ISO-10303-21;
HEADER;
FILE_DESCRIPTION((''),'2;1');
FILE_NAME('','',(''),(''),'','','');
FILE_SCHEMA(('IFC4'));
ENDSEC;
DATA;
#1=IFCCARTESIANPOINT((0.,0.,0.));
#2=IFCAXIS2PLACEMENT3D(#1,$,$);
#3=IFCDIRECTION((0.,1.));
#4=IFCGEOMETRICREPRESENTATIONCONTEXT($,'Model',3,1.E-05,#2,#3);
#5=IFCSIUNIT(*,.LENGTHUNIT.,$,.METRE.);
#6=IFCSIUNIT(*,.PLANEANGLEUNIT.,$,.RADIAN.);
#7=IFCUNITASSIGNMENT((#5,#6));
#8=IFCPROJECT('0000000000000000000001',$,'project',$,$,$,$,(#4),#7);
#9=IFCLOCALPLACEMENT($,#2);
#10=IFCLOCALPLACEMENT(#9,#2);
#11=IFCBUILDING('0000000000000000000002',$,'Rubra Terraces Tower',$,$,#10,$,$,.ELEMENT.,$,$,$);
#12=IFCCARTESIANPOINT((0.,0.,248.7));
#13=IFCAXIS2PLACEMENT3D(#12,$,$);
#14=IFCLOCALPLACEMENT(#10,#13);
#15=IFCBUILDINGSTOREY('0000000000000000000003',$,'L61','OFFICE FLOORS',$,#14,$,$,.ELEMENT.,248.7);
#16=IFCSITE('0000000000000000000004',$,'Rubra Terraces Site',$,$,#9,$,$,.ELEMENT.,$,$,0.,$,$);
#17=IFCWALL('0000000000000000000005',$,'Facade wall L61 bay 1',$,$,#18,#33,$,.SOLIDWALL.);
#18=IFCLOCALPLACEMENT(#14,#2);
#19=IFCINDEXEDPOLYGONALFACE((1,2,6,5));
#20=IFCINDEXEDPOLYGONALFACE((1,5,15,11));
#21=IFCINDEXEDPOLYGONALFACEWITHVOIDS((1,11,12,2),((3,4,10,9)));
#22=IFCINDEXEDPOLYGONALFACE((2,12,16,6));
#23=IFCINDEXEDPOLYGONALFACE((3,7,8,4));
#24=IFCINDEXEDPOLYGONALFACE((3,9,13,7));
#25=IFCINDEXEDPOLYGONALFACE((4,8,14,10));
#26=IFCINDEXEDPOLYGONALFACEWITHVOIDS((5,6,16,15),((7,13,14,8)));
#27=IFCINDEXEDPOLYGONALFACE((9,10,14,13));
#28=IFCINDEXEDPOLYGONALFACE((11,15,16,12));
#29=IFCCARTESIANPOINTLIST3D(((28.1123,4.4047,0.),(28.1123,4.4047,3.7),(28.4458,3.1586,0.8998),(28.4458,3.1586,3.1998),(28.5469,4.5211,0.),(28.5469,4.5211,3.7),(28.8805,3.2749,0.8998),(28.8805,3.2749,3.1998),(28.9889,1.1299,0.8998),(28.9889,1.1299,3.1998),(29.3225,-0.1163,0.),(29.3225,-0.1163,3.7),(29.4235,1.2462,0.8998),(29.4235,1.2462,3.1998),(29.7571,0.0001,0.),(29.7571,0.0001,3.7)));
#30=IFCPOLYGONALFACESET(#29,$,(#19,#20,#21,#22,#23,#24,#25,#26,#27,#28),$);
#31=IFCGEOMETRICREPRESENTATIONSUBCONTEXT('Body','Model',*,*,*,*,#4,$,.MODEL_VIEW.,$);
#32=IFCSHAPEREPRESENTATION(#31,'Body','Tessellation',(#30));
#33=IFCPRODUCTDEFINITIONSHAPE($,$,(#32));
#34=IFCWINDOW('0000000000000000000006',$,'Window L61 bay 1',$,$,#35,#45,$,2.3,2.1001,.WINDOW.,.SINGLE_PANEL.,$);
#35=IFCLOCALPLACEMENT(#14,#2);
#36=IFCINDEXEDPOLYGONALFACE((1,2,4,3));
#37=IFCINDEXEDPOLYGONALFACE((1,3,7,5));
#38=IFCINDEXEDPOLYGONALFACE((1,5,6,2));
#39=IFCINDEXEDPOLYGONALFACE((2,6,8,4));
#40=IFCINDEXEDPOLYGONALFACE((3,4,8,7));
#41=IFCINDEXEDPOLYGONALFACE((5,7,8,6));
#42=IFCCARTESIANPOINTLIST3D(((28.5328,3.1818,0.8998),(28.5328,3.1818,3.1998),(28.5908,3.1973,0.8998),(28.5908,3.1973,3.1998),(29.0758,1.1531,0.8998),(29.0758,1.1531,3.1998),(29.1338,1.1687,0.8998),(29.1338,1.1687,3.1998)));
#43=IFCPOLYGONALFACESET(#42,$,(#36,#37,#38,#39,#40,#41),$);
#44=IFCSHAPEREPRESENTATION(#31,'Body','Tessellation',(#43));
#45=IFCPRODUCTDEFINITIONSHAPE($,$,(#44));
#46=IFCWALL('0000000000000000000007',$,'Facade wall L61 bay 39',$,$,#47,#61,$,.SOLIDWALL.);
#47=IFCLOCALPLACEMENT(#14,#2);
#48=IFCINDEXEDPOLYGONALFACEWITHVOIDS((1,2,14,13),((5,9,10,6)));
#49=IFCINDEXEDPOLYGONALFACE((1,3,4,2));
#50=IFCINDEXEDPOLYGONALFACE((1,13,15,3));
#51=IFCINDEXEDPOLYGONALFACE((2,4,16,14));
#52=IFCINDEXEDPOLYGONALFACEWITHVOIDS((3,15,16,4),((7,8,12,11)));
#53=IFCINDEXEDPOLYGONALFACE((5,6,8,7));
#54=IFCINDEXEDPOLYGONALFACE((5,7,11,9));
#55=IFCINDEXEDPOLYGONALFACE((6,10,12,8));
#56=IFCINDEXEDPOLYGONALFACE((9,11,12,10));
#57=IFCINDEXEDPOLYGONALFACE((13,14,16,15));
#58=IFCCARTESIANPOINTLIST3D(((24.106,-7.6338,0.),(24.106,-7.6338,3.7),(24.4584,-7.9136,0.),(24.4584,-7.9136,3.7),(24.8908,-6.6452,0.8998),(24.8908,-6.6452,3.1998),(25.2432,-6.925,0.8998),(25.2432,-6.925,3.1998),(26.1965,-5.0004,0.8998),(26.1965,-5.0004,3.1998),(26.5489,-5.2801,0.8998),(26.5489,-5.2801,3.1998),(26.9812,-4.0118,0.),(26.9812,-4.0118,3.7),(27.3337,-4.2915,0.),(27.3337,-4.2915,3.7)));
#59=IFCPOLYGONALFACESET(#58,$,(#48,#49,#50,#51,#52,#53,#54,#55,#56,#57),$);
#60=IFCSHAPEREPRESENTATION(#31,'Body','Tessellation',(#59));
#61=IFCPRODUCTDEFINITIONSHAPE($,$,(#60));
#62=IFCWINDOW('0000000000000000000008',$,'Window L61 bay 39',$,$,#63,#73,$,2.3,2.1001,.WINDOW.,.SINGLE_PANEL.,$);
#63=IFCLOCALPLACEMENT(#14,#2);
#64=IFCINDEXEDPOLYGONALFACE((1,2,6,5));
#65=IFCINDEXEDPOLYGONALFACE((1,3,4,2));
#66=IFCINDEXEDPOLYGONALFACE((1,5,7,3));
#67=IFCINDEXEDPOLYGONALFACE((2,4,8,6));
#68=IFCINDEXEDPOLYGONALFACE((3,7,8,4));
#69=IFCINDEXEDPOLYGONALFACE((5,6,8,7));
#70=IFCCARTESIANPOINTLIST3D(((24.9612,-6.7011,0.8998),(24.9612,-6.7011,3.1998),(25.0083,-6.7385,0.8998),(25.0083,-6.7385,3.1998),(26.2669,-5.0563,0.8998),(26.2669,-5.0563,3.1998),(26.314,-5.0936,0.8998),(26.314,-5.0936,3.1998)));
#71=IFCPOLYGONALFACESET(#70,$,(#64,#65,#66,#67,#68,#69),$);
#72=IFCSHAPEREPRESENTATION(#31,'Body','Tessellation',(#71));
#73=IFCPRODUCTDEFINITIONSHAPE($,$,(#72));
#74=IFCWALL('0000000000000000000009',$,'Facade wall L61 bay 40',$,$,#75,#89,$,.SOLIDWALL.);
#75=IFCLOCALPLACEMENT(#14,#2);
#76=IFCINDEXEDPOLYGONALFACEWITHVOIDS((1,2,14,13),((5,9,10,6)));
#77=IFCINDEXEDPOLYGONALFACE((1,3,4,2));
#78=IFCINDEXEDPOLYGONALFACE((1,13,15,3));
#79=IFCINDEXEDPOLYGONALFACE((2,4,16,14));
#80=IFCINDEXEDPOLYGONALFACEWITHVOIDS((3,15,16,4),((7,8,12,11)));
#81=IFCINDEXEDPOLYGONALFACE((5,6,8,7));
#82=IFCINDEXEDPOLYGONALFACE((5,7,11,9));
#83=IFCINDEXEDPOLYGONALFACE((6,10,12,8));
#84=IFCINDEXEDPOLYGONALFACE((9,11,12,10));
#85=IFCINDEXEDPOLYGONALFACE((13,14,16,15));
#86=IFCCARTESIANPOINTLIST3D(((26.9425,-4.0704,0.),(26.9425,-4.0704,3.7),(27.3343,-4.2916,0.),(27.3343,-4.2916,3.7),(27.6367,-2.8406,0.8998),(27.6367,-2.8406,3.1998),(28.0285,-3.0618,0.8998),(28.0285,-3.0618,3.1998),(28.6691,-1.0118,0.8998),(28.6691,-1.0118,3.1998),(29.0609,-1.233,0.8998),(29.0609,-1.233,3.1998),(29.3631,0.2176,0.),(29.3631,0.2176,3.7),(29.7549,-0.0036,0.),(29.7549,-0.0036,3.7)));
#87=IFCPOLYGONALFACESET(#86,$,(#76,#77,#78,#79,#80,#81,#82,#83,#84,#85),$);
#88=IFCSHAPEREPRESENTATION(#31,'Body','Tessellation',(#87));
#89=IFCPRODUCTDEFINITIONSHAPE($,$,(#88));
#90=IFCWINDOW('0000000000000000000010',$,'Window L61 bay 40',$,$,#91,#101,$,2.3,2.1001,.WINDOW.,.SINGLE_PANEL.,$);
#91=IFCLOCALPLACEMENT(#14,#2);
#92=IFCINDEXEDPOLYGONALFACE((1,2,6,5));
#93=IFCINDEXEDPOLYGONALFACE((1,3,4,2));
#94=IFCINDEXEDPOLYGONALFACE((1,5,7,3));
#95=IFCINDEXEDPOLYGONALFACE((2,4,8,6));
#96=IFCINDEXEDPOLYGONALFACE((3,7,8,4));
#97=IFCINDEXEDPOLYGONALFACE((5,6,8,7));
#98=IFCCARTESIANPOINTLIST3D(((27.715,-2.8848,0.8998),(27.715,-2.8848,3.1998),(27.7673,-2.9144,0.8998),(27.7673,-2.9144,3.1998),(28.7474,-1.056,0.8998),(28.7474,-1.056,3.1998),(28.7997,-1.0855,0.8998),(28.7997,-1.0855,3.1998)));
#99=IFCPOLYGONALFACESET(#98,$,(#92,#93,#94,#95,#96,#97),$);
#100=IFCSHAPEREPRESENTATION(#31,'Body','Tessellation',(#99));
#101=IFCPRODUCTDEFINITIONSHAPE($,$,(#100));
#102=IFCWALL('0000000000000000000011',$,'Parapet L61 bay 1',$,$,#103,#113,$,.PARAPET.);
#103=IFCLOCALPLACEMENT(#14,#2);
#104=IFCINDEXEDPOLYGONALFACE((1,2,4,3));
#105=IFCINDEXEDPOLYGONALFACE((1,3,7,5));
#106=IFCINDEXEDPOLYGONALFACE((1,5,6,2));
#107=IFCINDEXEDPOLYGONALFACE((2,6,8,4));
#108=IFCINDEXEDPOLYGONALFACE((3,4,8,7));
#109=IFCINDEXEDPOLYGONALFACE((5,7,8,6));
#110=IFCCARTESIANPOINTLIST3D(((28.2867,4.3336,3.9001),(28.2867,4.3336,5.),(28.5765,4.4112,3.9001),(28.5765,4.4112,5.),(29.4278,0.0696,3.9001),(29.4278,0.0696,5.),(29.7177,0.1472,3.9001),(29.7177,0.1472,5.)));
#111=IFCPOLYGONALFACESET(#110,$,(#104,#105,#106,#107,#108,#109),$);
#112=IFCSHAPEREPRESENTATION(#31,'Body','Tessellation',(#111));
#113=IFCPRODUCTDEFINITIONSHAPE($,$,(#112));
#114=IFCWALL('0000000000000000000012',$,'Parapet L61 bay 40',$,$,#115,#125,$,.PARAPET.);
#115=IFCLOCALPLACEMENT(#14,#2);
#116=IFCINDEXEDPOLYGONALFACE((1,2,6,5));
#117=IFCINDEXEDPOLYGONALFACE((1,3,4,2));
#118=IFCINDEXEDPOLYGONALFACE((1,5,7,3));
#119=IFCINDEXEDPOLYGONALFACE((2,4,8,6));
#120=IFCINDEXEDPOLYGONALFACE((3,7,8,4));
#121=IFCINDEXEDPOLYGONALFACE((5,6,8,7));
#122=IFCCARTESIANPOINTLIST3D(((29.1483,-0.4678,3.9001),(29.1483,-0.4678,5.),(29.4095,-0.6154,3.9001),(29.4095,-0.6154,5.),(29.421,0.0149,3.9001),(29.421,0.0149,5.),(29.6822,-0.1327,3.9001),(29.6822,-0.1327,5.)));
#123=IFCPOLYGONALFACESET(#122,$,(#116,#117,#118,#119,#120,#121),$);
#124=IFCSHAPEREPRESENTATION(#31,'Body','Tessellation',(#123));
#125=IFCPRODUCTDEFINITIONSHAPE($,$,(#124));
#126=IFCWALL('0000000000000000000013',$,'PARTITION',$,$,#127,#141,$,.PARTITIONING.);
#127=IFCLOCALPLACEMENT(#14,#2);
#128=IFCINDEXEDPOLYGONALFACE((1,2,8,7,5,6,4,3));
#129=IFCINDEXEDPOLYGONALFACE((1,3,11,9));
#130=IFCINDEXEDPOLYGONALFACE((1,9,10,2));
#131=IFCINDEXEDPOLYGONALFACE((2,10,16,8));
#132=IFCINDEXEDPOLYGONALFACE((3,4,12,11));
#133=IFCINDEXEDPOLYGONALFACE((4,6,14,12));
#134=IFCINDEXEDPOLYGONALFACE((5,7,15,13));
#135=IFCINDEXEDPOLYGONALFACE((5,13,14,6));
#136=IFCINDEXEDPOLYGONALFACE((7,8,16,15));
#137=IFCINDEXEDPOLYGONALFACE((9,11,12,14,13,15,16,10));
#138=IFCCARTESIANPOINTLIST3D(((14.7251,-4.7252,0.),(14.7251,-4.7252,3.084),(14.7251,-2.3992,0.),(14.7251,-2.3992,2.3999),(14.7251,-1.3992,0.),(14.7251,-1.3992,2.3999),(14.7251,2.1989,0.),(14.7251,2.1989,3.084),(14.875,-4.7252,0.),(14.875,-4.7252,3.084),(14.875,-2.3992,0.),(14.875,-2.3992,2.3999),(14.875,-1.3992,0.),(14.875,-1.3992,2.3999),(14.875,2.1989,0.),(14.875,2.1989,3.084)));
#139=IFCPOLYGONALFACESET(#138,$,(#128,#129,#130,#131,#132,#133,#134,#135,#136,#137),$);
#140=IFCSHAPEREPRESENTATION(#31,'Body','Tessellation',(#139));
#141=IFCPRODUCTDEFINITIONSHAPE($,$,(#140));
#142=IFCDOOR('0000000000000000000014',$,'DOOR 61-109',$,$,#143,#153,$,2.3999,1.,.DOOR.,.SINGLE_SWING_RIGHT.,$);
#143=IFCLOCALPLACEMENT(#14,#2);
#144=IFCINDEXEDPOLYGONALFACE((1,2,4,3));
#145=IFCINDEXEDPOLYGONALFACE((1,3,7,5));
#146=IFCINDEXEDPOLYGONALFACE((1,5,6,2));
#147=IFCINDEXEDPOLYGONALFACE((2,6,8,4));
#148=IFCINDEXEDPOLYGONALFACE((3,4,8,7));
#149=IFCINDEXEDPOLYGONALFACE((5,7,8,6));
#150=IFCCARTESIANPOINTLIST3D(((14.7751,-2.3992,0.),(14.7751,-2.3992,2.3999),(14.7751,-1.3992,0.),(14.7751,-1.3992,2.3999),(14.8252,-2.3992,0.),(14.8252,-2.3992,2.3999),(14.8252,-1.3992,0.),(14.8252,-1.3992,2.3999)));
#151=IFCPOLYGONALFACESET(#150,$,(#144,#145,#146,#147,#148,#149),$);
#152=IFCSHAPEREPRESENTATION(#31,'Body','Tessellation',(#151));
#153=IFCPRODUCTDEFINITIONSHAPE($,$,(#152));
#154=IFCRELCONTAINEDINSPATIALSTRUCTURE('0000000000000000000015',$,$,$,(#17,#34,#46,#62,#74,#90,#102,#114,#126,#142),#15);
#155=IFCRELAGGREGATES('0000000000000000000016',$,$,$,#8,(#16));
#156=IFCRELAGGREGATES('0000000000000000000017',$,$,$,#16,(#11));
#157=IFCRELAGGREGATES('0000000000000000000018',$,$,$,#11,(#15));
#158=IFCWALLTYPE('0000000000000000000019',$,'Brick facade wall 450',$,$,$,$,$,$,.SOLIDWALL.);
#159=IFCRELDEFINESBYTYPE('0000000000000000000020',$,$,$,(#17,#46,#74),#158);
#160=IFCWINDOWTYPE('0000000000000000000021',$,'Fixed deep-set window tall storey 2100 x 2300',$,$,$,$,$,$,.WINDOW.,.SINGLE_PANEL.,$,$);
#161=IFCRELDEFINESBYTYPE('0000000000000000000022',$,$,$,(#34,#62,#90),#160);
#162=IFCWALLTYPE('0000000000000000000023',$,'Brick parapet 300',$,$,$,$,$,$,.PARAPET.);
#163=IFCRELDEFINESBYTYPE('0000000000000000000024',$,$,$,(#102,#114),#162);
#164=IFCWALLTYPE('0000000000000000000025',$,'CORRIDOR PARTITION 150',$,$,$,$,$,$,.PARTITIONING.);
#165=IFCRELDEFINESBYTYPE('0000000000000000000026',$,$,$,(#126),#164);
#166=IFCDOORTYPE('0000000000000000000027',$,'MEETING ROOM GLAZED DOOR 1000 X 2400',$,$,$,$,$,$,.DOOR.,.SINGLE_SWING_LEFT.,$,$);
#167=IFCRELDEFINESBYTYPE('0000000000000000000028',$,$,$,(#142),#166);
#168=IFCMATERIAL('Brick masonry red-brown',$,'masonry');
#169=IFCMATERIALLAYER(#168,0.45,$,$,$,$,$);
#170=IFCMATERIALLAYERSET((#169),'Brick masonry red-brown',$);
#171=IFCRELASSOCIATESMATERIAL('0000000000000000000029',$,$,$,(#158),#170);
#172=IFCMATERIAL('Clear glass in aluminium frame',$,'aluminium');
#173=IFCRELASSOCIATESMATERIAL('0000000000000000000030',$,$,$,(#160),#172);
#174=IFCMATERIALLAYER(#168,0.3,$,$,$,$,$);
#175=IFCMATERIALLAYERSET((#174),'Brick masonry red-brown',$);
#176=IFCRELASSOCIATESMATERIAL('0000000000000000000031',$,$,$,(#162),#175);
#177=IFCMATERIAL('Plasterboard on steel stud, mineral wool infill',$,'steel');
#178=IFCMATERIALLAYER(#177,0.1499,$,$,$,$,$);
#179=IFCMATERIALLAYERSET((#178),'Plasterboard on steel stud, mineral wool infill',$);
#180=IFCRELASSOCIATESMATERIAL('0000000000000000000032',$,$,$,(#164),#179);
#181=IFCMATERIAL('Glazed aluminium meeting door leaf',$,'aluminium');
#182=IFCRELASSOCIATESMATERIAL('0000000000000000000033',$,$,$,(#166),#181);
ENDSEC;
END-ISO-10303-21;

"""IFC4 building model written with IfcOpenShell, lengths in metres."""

from ifc_helpers import new_model, si_unit, direction, frame, frame_2d, origin, place, context, subcontext, project, spatial, rectangle, extrude, material, layer, layer_set, type_object, element, fill, save


model = new_model("IFC4")

# Units and contexts
model_context = context("Model", 3, precision=1e-05, world=origin(), true_north=direction((0.0, 1.0)))
body_context = subcontext(model_context, "Body", "Model", "MODEL_VIEW")
ifc_project = project(units=[si_unit("LENGTHUNIT", "METRE"), si_unit("PLANEANGLEUNIT", "RADIAN")], contexts=[model_context])

# Site, building, storey
site_placement = place(None, origin())
site = spatial("IfcSite", under=ifc_project, at=site_placement, Name="Rubra Terraces Site", CompositionType="ELEMENT", RefElevation=0.0)
building_placement = place(site_placement, origin())
building = spatial("IfcBuilding", under=site, at=building_placement, Name="Rubra Terraces Tower", CompositionType="ELEMENT")
storey_placement = place(building_placement, frame((0.0, 0.0, 248.7)))
storey = spatial("IfcBuildingStorey", under=building, at=storey_placement, Name="L61", Description="OFFICE FLOORS", CompositionType="ELEMENT", Elevation=248.7)

# Walls, openings, windows
ifc_material_1 = material(Name="Brick masonry red-brown", Category="masonry")
ifc_layer_1 = layer(ifc_material_1, 0.45)
ifc_layer_set_1 = layer_set([ifc_layer_1], Name="Brick masonry red-brown")
wall_type_1 = type_object("IfcWallType", Name="Brick facade wall 450", PredefinedType="SOLIDWALL", material=ifc_layer_set_1)
wall_1_placement = place(storey_placement, frame((29.5398, -0.0581, 0.0), z_axis=(0.0, 0.0, 1.0), x_axis=(-0.258581, 0.965989, 0.0)))
wall_1 = element("IfcWall", 1, at=wall_1_placement, inside=storey, type_object=wall_type_1, Name="Facade wall L61 bay 1", PredefinedType="SOLIDWALL", context=body_context, shape_type="SweptSolid", body=[
    extrude(rectangle(XDim=4.6802, YDim=0.45, at=frame_2d((2.3401, 0.0))), origin(), (0.0, 0.0, 1.0), 3.7),
])
opening_1_placement = place(wall_1_placement, frame((1.29, 0.0, 0.8999)))
opening_1 = element("IfcOpeningElement", 2, at=opening_1_placement, cuts=wall_1, PredefinedType="OPENING", context=body_context, shape_type="SweptSolid", body=[
    extrude(rectangle(XDim=2.1001, YDim=2.3, at=frame_2d((1.05, 1.1499))), frame((0.0, 0.2349, 0.0), z_axis=(0.0, -1.0, 0.0), x_axis=(1.0, 0.0, 0.0)), (0.0, 0.0, 1.0), 0.47),
])
ifc_material_2 = material(Name="Clear glass in aluminium frame", Category="aluminium")
window_type = type_object("IfcWindowType", Name="Fixed deep-set window tall storey 2100 x 2300", PartitioningType="SINGLE_PANEL", PredefinedType="WINDOW", material=ifc_material_2)
window_1_placement = place(opening_1_placement, origin())
window_1 = element("IfcWindow", 3, at=window_1_placement, inside=storey, type_object=window_type, Name="Window L61 bay 1", OverallHeight=2.3, OverallWidth=2.1001, PartitioningType="SINGLE_PANEL", PredefinedType="WINDOW", context=body_context, shape_type="SweptSolid", body=[
    extrude(rectangle(XDim=2.1001, YDim=2.3, at=frame_2d((1.05, 1.1499))), frame((0.0, 0.135, 0.0), z_axis=(0.0, -1.0, 0.0), x_axis=(1.0, 0.0, 0.0)), (0.0, 0.0, 1.0), 0.0601),
])
fill(opening_1, window_1)
wall_2_placement = place(storey_placement, frame((24.2822, -7.7737, 0.0), z_axis=(0.0, 0.0, 1.0), x_axis=(0.621735, 0.783227, 0.0)))
wall_2 = element("IfcWall", 4, at=wall_2_placement, inside=storey, type_object=wall_type_1, Name="Facade wall L61 bay 39", PredefinedType="SOLIDWALL", context=body_context, shape_type="SweptSolid", body=[
    extrude(rectangle(XDim=4.6245, YDim=0.45, at=frame_2d((2.3123, 0.0))), origin(), (0.0, 0.0, 1.0), 3.7),
])
opening_2_placement = place(wall_2_placement, frame((1.2622, 0.0, 0.8999)))
opening_2 = element("IfcOpeningElement", 5, at=opening_2_placement, cuts=wall_2, PredefinedType="OPENING", context=body_context, shape_type="SweptSolid", body=[
    extrude(rectangle(XDim=2.1001, YDim=2.3, at=frame_2d((1.05, 1.1499))), frame((0.0, 0.2349, 0.0), z_axis=(0.0, -1.0, 0.0), x_axis=(1.0, 0.0, 0.0)), (0.0, 0.0, 1.0), 0.47),
])
window_2_placement = place(opening_2_placement, origin())
window_2 = element("IfcWindow", 6, at=window_2_placement, inside=storey, type_object=window_type, Name="Window L61 bay 39", OverallHeight=2.3, OverallWidth=2.1001, PartitioningType="SINGLE_PANEL", PredefinedType="WINDOW", context=body_context, shape_type="SweptSolid", body=[
    extrude(rectangle(XDim=2.1001, YDim=2.3, at=frame_2d((1.05, 1.1499))), frame((0.0, 0.135, 0.0), z_axis=(0.0, -1.0, 0.0), x_axis=(1.0, 0.0, 0.0)), (0.0, 0.0, 1.0), 0.0601),
])
fill(opening_2, window_2)
wall_3_placement = place(storey_placement, frame((27.1384, -4.1809, 0.0), z_axis=(0.0, 0.0, 1.0), x_axis=(0.491588, 0.870828, 0.0)))
wall_3 = element("IfcWall", 7, at=wall_3_placement, inside=storey, type_object=wall_type_1, Name="Facade wall L61 bay 40", PredefinedType="SOLIDWALL", context=body_context, shape_type="SweptSolid", body=[
    extrude(rectangle(XDim=4.9241, YDim=0.45, at=frame_2d((2.4619, 0.0))), origin(), (0.0, 0.0, 1.0), 3.7),
])
opening_3_placement = place(wall_3_placement, frame((1.4121, 0.0, 0.8999)))
opening_3 = element("IfcOpeningElement", 8, at=opening_3_placement, cuts=wall_3, PredefinedType="OPENING", context=body_context, shape_type="SweptSolid", body=[
    extrude(rectangle(XDim=2.1001, YDim=2.3, at=frame_2d((1.05, 1.1499))), frame((0.0, 0.2349, 0.0), z_axis=(0.0, -1.0, 0.0), x_axis=(1.0, 0.0, 0.0)), (0.0, 0.0, 1.0), 0.47),
])
window_3_placement = place(opening_3_placement, origin())
window_3 = element("IfcWindow", 9, at=window_3_placement, inside=storey, type_object=window_type, Name="Window L61 bay 40", OverallHeight=2.3, OverallWidth=2.1001, PartitioningType="SINGLE_PANEL", PredefinedType="WINDOW", context=body_context, shape_type="SweptSolid", body=[
    extrude(rectangle(XDim=2.1001, YDim=2.3, at=frame_2d((1.05, 1.1499))), frame((0.0, 0.135, 0.0), z_axis=(0.0, -1.0, 0.0), x_axis=(1.0, 0.0, 0.0)), (0.0, 0.0, 1.0), 0.0601),
])
fill(opening_3, window_3)

# Walls
ifc_layer_2 = layer(ifc_material_1, 0.3)
ifc_layer_set_2 = layer_set([ifc_layer_2], Name="Brick masonry red-brown")
wall_type_2 = type_object("IfcWallType", Name="Brick parapet 300", PredefinedType="PARAPET", material=ifc_layer_set_2)
wall_4_placement = place(storey_placement, frame((29.5728, 0.1084, 3.9001), z_axis=(0.0, 0.0, 1.0), x_axis=(-0.258523, 0.966005, 0.0)))
element("IfcWall", 10, at=wall_4_placement, inside=storey, type_object=wall_type_2, Name="Parapet L61 bay 1", PredefinedType="PARAPET", context=body_context, shape_type="SweptSolid", body=[
    extrude(rectangle(XDim=4.4141, YDim=0.3, at=frame_2d((2.207, 0.0))), origin(), (0.0, 0.0, 1.0), 1.0999),
])
wall_5_placement = place(storey_placement, frame((29.2788, -0.5417, 3.9001), z_axis=(0.0, 0.0, 1.0), x_axis=(0.491912, 0.870645, 0.0)))
element("IfcWall", 11, at=wall_5_placement, inside=storey, type_object=wall_type_2, Name="Parapet L61 bay 40", PredefinedType="PARAPET", context=body_context, shape_type="SweptSolid", body=[
    extrude(rectangle(XDim=0.5544, YDim=0.3, at=frame_2d((0.2773, 0.0))), origin(), (0.0, 0.0, 1.0), 1.0999),
])

# Wall, opening, door
ifc_material_3 = material(Name="Plasterboard on steel stud, mineral wool infill", Category="steel")
ifc_layer_3 = layer(ifc_material_3, 0.1499)
ifc_layer_set_3 = layer_set([ifc_layer_3], Name="Plasterboard on steel stud, mineral wool infill")
wall_type_3 = type_object("IfcWallType", Name="CORRIDOR PARTITION 150", PredefinedType="PARTITIONING", material=ifc_layer_set_3)
wall_6_placement = place(storey_placement, frame((14.8, -4.7251, 0.0), z_axis=(0.0, 0.0, 1.0), x_axis=(0.0, 1.0, 0.0)))
wall_6 = element("IfcWall", 12, at=wall_6_placement, inside=storey, type_object=wall_type_3, Name="PARTITION", PredefinedType="PARTITIONING", context=body_context, shape_type="SweptSolid", body=[
    extrude(rectangle(XDim=6.9241, YDim=0.1499, at=frame_2d((3.4619, 0.0))), origin(), (0.0, 0.0, 1.0), 3.084),
])
opening_4_placement = place(wall_6_placement, frame((2.3259, 0.0, 0.0)))
opening_4 = element("IfcOpeningElement", 13, at=opening_4_placement, cuts=wall_6, PredefinedType="OPENING", context=body_context, shape_type="SweptSolid", body=[
    extrude(rectangle(XDim=1.0, YDim=2.3999, at=frame_2d((0.5, 1.2))), frame((0.0, 0.085, 0.0), z_axis=(0.0, -1.0, 0.0), x_axis=(1.0, 0.0, 0.0)), (0.0, 0.0, 1.0), 0.1699),
])
ifc_material_4 = material(Name="Glazed aluminium meeting door leaf", Category="aluminium")
door_type_1 = type_object("IfcDoorType", Name="MEETING ROOM GLAZED DOOR 1000 X 2400", OperationType="SINGLE_SWING_LEFT", PredefinedType="DOOR", material=ifc_material_4)
door_1_placement = place(opening_4_placement, origin())
door_1 = element("IfcDoor", 14, at=door_1_placement, inside=storey, type_object=door_type_1, Name="DOOR 61-109", OperationType="SINGLE_SWING_RIGHT", OverallHeight=2.3999, OverallWidth=1.0, PredefinedType="DOOR", context=body_context, shape_type="SweptSolid", body=[
    extrude(rectangle(XDim=1.0, YDim=2.3999, at=frame_2d((0.5, 1.2))), frame((0.0, 0.0249, 0.0), z_axis=(0.0, -1.0, 0.0), x_axis=(1.0, 0.0, 0.0)), (0.0, 0.0, 1.0), 0.05),
])
fill(opening_4, door_1)

save(model, "model.ifc")
